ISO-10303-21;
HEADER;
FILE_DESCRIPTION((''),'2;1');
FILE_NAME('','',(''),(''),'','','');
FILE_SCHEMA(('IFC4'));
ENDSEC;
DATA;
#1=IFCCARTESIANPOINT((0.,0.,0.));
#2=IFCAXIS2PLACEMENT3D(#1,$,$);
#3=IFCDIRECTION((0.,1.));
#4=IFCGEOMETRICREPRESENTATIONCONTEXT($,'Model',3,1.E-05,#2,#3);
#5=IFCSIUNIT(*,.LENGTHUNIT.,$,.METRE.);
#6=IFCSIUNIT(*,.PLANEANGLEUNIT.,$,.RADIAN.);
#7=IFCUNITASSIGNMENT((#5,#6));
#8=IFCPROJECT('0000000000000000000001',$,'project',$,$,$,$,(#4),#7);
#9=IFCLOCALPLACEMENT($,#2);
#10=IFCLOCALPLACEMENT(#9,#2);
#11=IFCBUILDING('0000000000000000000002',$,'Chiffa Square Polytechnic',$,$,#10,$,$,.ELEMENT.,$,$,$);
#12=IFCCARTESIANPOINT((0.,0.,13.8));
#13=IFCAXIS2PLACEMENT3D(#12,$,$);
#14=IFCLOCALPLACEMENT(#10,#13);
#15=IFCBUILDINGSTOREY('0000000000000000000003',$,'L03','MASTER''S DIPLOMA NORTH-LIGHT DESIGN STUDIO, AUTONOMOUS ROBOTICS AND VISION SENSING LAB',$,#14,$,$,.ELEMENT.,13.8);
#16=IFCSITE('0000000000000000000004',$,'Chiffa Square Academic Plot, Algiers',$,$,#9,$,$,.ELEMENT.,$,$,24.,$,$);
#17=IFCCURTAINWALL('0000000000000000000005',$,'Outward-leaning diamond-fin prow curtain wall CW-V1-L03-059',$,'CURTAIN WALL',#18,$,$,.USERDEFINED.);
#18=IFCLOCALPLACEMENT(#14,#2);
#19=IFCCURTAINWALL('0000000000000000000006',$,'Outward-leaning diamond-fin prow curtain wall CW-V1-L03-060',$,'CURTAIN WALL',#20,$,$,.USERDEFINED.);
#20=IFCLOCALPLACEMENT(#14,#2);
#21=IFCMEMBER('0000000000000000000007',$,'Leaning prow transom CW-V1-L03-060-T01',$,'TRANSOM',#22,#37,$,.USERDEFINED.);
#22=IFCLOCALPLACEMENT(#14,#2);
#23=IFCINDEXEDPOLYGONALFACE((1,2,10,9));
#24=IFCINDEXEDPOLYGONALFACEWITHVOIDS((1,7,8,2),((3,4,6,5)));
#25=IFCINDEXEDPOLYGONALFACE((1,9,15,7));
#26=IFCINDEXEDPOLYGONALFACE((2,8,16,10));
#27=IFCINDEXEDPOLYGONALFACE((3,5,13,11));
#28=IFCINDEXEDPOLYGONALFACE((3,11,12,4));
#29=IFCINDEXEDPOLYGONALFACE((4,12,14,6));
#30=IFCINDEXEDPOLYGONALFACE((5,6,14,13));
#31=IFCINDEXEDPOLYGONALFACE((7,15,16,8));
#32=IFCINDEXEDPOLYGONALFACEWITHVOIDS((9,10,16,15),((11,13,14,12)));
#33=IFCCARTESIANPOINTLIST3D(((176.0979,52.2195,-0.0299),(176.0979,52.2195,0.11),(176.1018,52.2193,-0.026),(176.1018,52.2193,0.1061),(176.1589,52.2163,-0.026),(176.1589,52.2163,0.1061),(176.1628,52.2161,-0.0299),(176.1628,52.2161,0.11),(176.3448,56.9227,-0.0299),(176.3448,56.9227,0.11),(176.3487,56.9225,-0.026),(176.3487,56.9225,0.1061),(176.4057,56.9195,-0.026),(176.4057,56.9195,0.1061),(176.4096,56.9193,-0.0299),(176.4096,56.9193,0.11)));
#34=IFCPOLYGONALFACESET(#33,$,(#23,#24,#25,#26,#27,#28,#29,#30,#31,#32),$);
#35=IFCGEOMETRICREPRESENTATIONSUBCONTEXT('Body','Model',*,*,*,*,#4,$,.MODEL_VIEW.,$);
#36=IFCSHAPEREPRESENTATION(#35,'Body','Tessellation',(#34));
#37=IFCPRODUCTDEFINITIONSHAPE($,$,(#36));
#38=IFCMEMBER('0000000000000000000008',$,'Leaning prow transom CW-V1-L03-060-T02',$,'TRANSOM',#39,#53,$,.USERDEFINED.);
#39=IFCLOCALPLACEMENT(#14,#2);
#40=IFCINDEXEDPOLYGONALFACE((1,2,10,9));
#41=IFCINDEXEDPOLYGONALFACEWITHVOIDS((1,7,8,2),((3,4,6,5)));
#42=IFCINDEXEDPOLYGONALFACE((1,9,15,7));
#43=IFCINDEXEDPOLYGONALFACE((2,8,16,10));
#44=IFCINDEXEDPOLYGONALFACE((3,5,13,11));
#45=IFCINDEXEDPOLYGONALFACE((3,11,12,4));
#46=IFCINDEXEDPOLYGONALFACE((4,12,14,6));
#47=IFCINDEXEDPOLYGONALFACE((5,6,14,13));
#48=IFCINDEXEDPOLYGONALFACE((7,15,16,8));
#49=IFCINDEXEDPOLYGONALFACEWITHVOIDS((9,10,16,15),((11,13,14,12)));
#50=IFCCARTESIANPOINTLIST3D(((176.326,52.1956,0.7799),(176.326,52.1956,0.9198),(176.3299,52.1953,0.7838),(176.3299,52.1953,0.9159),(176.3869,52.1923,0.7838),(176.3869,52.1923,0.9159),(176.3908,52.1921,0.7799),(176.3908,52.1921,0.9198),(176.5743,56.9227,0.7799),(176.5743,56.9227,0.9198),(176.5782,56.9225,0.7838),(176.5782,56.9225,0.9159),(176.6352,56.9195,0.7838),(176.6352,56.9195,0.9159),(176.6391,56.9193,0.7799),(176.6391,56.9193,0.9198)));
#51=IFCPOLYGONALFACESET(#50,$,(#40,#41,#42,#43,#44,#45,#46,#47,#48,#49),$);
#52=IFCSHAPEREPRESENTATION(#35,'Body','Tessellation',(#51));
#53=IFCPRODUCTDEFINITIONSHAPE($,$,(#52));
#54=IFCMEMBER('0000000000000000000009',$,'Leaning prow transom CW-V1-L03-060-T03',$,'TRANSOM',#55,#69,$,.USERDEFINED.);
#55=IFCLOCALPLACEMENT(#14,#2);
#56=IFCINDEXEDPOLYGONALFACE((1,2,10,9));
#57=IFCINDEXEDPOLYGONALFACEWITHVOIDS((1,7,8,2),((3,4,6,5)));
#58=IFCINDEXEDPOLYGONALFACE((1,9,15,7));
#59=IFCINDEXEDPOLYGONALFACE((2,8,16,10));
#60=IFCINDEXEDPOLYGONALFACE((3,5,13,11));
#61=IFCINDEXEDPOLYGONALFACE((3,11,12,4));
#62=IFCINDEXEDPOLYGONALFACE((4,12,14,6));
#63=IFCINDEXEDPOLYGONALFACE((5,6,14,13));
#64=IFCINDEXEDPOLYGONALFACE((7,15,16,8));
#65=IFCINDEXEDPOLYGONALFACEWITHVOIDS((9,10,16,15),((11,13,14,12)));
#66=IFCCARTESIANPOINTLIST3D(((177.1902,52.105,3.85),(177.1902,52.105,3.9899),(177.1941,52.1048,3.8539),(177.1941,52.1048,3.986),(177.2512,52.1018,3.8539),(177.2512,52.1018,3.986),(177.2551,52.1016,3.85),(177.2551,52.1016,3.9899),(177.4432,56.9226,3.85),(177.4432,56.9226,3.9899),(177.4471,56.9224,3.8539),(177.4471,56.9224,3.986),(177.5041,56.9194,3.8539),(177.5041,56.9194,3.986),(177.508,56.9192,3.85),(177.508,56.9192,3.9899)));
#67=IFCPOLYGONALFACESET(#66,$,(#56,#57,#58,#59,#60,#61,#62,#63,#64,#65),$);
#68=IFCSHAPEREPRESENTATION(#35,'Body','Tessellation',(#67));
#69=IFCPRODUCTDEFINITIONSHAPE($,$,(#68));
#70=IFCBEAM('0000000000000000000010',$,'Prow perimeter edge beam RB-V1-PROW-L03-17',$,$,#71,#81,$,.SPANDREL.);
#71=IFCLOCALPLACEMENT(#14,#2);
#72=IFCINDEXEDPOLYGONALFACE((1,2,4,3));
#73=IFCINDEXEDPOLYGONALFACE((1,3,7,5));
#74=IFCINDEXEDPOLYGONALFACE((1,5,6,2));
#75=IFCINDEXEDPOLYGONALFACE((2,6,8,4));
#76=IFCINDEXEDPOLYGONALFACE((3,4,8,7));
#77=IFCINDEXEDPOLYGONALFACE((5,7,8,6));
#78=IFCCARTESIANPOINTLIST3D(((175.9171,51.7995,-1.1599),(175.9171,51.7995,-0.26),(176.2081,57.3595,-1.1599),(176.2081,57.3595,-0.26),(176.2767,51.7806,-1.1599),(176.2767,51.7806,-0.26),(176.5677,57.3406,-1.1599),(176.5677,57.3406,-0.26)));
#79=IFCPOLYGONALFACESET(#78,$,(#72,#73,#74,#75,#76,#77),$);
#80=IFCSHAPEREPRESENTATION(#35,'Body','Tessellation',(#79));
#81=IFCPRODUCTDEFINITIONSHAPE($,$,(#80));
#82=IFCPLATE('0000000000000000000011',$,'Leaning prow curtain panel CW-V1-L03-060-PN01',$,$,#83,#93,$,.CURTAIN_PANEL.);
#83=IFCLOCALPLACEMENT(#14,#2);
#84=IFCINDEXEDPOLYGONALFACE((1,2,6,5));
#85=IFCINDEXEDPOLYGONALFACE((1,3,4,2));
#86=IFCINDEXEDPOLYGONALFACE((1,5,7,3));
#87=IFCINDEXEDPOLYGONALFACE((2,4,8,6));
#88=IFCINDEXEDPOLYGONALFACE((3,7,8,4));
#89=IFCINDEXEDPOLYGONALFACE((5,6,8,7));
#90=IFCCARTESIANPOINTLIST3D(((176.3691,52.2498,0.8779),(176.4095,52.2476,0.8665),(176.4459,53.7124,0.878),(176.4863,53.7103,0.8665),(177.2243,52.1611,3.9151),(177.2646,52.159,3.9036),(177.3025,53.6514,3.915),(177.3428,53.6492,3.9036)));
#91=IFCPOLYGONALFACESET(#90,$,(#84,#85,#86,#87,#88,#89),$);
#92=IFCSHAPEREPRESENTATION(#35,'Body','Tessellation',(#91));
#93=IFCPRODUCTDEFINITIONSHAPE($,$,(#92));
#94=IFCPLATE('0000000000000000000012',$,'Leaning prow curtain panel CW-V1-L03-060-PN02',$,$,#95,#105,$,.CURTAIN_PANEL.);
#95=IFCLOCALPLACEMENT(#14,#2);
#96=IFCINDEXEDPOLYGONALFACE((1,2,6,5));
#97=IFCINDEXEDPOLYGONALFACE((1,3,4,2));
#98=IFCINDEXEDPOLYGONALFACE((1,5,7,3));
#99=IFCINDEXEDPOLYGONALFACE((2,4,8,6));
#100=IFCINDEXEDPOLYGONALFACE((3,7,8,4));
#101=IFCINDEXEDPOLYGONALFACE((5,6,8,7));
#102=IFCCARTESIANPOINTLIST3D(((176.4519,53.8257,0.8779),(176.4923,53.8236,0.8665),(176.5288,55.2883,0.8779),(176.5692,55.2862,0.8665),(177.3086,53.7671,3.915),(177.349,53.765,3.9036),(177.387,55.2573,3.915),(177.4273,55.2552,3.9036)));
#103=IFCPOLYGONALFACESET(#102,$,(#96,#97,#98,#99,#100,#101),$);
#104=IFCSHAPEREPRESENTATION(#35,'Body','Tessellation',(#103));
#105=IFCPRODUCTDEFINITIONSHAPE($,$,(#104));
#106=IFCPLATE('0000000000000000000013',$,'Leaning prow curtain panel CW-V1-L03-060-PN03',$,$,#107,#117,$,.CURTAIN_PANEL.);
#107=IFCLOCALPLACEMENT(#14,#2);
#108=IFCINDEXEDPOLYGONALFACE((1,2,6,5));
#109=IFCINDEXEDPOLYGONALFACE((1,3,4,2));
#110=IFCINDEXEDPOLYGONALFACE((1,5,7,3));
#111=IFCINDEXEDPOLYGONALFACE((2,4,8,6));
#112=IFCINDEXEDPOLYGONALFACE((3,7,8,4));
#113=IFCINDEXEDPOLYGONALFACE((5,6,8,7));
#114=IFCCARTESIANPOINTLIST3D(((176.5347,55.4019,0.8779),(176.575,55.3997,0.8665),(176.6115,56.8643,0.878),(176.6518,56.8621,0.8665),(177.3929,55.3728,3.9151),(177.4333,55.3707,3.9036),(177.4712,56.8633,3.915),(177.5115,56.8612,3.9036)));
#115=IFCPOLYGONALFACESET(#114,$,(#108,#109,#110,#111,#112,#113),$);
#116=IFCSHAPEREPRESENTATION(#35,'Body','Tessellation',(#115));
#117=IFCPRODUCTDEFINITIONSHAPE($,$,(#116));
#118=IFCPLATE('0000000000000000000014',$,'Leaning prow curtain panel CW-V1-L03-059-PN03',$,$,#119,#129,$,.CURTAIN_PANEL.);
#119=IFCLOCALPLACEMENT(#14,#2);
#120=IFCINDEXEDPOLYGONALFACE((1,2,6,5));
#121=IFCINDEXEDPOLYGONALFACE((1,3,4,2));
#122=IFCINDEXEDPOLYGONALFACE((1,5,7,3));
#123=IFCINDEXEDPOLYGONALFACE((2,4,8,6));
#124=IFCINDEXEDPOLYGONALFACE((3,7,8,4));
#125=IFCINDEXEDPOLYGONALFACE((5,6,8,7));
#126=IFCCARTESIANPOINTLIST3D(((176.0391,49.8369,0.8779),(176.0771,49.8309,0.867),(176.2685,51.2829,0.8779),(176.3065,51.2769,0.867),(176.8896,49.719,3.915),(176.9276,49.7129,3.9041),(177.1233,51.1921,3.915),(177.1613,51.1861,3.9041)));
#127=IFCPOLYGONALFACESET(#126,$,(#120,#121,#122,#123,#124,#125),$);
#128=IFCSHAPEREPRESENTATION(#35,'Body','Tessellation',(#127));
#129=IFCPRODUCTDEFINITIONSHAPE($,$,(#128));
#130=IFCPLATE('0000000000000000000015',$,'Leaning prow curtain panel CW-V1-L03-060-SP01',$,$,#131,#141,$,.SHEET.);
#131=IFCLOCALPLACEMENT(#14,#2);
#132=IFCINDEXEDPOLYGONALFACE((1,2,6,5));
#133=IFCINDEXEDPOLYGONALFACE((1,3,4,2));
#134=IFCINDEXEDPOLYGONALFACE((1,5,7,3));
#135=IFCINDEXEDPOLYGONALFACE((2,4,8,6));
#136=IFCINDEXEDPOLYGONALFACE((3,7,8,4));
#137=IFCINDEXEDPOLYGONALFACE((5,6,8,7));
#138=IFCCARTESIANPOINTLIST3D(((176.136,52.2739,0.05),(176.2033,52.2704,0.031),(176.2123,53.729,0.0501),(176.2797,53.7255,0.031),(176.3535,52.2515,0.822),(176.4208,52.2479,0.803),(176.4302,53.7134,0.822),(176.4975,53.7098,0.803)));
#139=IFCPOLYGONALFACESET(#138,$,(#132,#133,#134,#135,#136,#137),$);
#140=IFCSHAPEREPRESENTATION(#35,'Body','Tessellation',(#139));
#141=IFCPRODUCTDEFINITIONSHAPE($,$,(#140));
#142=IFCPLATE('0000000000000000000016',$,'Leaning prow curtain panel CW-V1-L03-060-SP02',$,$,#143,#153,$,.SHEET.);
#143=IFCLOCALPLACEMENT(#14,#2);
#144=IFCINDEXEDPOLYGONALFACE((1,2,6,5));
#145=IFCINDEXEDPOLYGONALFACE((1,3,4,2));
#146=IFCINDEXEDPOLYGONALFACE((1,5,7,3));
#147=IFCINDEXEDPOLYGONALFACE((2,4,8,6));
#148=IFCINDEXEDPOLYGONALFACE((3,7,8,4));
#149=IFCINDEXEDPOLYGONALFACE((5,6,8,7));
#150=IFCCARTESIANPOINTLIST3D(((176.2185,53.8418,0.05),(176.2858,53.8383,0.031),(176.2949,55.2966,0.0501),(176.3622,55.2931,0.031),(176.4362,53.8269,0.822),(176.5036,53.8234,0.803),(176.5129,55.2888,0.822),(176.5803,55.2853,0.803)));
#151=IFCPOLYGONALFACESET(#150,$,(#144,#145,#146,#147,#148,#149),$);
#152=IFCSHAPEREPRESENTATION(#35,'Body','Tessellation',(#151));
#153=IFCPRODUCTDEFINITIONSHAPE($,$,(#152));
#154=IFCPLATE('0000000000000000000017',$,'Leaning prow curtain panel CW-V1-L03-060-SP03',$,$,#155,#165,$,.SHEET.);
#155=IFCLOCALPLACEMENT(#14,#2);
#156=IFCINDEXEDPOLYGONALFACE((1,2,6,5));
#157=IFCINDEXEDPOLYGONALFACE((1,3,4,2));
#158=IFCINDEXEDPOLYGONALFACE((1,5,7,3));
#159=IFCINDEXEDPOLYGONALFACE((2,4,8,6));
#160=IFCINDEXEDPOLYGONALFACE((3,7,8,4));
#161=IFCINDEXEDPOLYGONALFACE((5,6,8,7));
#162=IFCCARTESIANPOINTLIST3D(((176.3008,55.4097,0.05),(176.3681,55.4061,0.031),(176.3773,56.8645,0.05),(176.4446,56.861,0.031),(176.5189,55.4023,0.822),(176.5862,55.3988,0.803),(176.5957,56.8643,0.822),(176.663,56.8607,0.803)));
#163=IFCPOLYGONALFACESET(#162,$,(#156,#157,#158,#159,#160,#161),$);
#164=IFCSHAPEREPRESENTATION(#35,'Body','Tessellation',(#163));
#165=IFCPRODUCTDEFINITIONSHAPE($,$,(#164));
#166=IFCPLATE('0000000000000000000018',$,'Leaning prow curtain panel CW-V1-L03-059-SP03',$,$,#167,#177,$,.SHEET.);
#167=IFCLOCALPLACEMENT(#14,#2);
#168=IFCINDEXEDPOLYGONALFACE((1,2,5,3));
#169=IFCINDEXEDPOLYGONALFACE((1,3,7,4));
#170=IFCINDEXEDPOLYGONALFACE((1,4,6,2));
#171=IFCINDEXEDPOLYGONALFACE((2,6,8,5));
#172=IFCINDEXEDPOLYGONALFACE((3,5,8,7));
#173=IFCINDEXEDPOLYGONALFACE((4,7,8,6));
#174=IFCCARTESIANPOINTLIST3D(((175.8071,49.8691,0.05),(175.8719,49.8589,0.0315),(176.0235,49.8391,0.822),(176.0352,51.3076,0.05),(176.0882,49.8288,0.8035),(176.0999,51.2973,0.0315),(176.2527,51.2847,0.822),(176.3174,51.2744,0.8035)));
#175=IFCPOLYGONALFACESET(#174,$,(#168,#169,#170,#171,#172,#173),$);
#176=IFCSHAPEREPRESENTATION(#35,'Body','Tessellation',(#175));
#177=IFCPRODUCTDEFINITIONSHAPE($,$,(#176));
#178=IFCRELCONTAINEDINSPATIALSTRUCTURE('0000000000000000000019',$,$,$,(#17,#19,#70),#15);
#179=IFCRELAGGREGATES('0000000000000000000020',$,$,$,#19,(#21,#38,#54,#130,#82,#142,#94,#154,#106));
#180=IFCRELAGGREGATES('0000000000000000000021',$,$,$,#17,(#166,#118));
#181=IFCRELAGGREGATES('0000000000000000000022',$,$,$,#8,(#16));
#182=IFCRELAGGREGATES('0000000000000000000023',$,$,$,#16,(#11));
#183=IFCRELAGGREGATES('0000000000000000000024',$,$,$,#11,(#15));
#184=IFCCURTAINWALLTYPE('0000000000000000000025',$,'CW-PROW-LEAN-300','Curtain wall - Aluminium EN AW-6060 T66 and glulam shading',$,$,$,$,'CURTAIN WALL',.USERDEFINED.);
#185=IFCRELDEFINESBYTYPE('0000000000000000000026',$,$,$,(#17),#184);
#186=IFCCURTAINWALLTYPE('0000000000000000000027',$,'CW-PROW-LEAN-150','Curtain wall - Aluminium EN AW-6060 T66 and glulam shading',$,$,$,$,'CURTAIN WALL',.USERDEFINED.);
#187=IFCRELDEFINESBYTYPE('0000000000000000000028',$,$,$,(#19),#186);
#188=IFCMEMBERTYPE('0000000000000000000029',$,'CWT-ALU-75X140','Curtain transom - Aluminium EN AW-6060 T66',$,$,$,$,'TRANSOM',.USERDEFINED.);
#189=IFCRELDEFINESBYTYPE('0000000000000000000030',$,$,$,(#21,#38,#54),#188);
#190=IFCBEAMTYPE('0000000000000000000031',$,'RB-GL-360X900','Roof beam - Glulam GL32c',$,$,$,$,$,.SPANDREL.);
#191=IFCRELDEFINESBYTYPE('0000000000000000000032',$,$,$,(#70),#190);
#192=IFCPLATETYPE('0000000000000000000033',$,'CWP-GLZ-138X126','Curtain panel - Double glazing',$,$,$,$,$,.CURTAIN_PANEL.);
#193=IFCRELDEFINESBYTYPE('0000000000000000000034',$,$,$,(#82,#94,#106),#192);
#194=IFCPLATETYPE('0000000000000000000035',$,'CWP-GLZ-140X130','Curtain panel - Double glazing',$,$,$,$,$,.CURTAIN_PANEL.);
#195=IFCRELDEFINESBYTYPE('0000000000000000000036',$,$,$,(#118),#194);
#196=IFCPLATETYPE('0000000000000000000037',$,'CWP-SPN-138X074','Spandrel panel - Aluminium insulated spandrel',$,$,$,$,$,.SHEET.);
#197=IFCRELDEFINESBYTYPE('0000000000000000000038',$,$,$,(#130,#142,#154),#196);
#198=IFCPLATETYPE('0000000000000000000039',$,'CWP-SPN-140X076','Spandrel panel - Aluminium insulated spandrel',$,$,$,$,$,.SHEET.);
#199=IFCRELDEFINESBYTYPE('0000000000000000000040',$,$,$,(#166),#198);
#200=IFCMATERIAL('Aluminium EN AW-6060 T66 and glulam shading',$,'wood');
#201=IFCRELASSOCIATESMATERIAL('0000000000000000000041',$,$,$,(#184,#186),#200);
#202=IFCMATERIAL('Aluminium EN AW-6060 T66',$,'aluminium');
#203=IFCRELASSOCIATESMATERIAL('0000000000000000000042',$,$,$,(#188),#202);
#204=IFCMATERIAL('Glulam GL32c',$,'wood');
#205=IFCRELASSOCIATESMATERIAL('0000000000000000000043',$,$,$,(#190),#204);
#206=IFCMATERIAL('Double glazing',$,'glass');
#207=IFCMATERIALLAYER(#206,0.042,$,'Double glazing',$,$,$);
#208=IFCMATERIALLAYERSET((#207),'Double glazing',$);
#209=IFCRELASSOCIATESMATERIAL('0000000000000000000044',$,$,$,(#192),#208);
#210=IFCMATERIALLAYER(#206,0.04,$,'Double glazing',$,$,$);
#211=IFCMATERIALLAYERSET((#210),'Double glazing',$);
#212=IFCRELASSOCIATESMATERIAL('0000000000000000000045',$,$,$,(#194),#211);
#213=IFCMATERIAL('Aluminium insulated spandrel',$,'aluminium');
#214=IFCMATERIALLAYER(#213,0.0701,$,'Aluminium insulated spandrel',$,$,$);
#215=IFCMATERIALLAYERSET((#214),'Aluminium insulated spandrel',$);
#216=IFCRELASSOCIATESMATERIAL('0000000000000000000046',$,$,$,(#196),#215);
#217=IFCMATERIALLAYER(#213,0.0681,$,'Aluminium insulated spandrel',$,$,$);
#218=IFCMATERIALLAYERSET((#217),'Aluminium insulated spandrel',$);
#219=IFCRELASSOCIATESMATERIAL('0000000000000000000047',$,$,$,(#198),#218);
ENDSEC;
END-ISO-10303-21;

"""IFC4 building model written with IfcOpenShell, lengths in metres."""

from ifc_helpers import new_model, si_unit, direction, frame, origin, origin_2d, place, context, subcontext, project, spatial, polyline, rectangle, hollow_rectangle, outline, extrude, material, layer, layer_set, material_profile, profile_set, type_object, element, aggregate, save


model = new_model("IFC4")

# Units and contexts
model_context = context("Model", 3, precision=1e-05, world=origin(), true_north=direction((0.0, 1.0)))
body_context = subcontext(model_context, "Body", "Model", "MODEL_VIEW")
ifc_project = project(units=[si_unit("LENGTHUNIT", "METRE"), si_unit("PLANEANGLEUNIT", "RADIAN")], contexts=[model_context])

# Site, building, storey
site_placement = place(None, origin())
site = spatial("IfcSite", under=ifc_project, at=site_placement, Name="Chiffa Square Academic Plot, Algiers", CompositionType="ELEMENT", RefElevation=24.0)
building_placement = place(site_placement, origin())
building = spatial("IfcBuilding", under=site, at=building_placement, Name="Chiffa Square Polytechnic", CompositionType="ELEMENT")
storey_placement = place(building_placement, frame((0.0, 0.0, 13.8)))
storey = spatial("IfcBuildingStorey", under=building, at=storey_placement, Name="L03", Description="MASTER'S DIPLOMA NORTH-LIGHT DESIGN STUDIO, AUTONOMOUS ROBOTICS AND VISION SENSING LAB", CompositionType="ELEMENT", Elevation=13.8)

# Shared definitions
ifc_material_1 = material(Name="Glulam GL32c", Category="wood")

# Curtain walls
ifc_material_2 = material(Name="Aluminium EN AW-6060 T66 and glulam shading", Category="wood")
curtain_wall_type_1 = type_object("IfcCurtainWallType", Name="CW-PROW-LEAN-300", Description="Curtain wall - Aluminium EN AW-6060 T66 and glulam shading", ElementType="CURTAIN WALL", PredefinedType="USERDEFINED", material=ifc_material_2)
curtain_wall_1_placement = place(storey_placement, origin())
curtain_wall_1 = element("IfcCurtainWall", 1, at=curtain_wall_1_placement, inside=storey, type_object=curtain_wall_type_1, Name="Outward-leaning diamond-fin prow curtain wall CW-V1-L03-059", ObjectType="CURTAIN WALL", PredefinedType="USERDEFINED")
ifc_material_3 = material(Name="Aluminium EN AW-6060 T66", Category="aluminium")
curtain_wall_type_2 = type_object("IfcCurtainWallType", Name="CW-PROW-LEAN-150", Description="Curtain wall - Aluminium EN AW-6060 T66 and glulam shading", ElementType="CURTAIN WALL", PredefinedType="USERDEFINED", material=ifc_material_2)
curtain_wall_2_placement = place(storey_placement, origin())
curtain_wall_2 = element("IfcCurtainWall", 2, at=curtain_wall_2_placement, inside=storey, type_object=curtain_wall_type_2, Name="Outward-leaning diamond-fin prow curtain wall CW-V1-L03-060", ObjectType="CURTAIN WALL", PredefinedType="USERDEFINED")

# Members
ifc_material_profile_1 = material_profile(ifc_material_3, hollow_rectangle(XDim=0.0649, YDim=0.1399, WallThickness=0.0039, at=origin_2d()), Name="ALU 65x140x4")
ifc_profile_set_1 = profile_set([ifc_material_profile_1], Name="Aluminium EN AW-6060 T66")
member_type_1 = type_object("IfcMemberType", Name="CWT-ALU-75X140", Description="Curtain transom - Aluminium EN AW-6060 T66", ElementType="TRANSOM", PredefinedType="USERDEFINED", material=ifc_profile_set_1)
member_1_placement = place(storey_placement, frame((176.1304, 52.2178, 0.04), z_axis=(0.052409, 0.998626, 0.0), x_axis=(-0.998626, 0.052409, 0.0)))
member_1 = element("IfcMember", 3, at=member_1_placement, type_object=member_type_1, Name="Leaning prow transom CW-V1-L03-060-T01", ObjectType="TRANSOM", PredefinedType="USERDEFINED", context=body_context, shape_type="SweptSolid", body=[
    extrude(hollow_rectangle(XDim=0.0649, YDim=0.1399, WallThickness=0.0039, at=origin_2d()), origin(), (0.0, 0.0, 1.0), 4.7097),
])
member_2_placement = place(storey_placement, frame((176.3584, 52.1938, 0.8499), z_axis=(0.052453, 0.998623, 0.0), x_axis=(-0.998623, 0.052453, 0.0)))
member_2 = element("IfcMember", 4, at=member_2_placement, type_object=member_type_1, Name="Leaning prow transom CW-V1-L03-060-T02", ObjectType="TRANSOM", PredefinedType="USERDEFINED", context=body_context, shape_type="SweptSolid", body=[
    extrude(hollow_rectangle(XDim=0.0649, YDim=0.1399, WallThickness=0.0039, at=origin_2d()), origin(), (0.0, 0.0, 1.0), 4.7336),
])
member_3_placement = place(storey_placement, frame((177.2227, 52.1033, 3.9199), z_axis=(0.052429, 0.998625, 0.0), x_axis=(-0.998625, 0.052429, 0.0)))
member_3 = element("IfcMember", 5, at=member_3_placement, type_object=member_type_1, Name="Leaning prow transom CW-V1-L03-060-T03", ObjectType="TRANSOM", PredefinedType="USERDEFINED", context=body_context, shape_type="SweptSolid", body=[
    extrude(hollow_rectangle(XDim=0.0649, YDim=0.1399, WallThickness=0.0039, at=origin_2d()), origin(), (0.0, 0.0, 1.0), 4.8242),
])

# Beam
ifc_material_profile_2 = material_profile(ifc_material_1, rectangle(XDim=0.3601, YDim=0.8999, at=origin_2d()), Name="GL32c 360x900")
ifc_profile_set_2 = profile_set([ifc_material_profile_2], Name="Glulam GL32c")
beam_type_1 = type_object("IfcBeamType", Name="RB-GL-360X900", Description="Roof beam - Glulam GL32c", PredefinedType="SPANDREL", material=ifc_profile_set_2)
beam_1_placement = place(storey_placement, frame((176.0969, 51.79, -0.71), z_axis=(0.052269, 0.998633, 0.0), x_axis=(-0.998633, 0.052269, 0.0)))
element("IfcBeam", 6, at=beam_1_placement, inside=storey, type_object=beam_type_1, Name="Prow perimeter edge beam RB-V1-PROW-L03-17", PredefinedType="SPANDREL", context=body_context, shape_type="SweptSolid", body=[
    extrude(rectangle(XDim=0.3601, YDim=0.8999, at=origin_2d()), origin(), (0.0, 0.0, 1.0), 5.5676),
])

# Plates
ifc_material_4 = material(Name="Double glazing", Category="glass")
ifc_layer_1 = layer(ifc_material_4, 0.042, Name="Double glazing")
ifc_layer_set_1 = layer_set([ifc_layer_1], Name="Double glazing")
plate_type_1 = type_object("IfcPlateType", Name="CWP-GLZ-138X126", Description="Curtain panel - Double glazing", PredefinedType="CURTAIN_PANEL", material=ifc_layer_set_1)
plate_1_placement = place(storey_placement, frame((176.3691, 52.2498, 0.8779), z_axis=(-0.960964, 0.050452, 0.272036), x_axis=(0.052435, 0.998624, 0.00002)))
plate_1 = element("IfcPlate", 7, at=plate_1_placement, type_object=plate_type_1, Name="Leaning prow curtain panel CW-V1-L03-060-PN01", PredefinedType="CURTAIN_PANEL", context=body_context, shape_type="SweptSolid", body=[
    extrude(outline(polyline([(0.0, 0.0), (1.4647, 0.0), (1.4487, -3.1561), (-0.0436, -3.1562), (0.0, 0.0)])), origin(), (0.0, 0.0, -1.0), 0.042),
])
plate_2_placement = place(storey_placement, frame((176.4519, 53.8257, 0.8779), z_axis=(-0.960959, 0.050531, 0.272039), x_axis=(0.052511, 0.99862, -0.000001)))
plate_2 = element("IfcPlate", 8, at=plate_2_placement, type_object=plate_type_1, Name="Leaning prow curtain panel CW-V1-L03-060-PN02", PredefinedType="CURTAIN_PANEL", context=body_context, shape_type="SweptSolid", body=[
    extrude(outline(polyline([(0.0, 0.0), (1.4647, 0.0), (1.4788, -3.1561), (-0.0135, -3.1561), (0.0, 0.0)])), origin(), (0.0, 0.0, -1.0), 0.042),
])
plate_3_placement = place(storey_placement, frame((176.5347, 55.4019, 0.8779), z_axis=(-0.960961, 0.050451, 0.272045), x_axis=(0.052435, 0.998624, 0.000023)))
plate_3 = element("IfcPlate", 9, at=plate_3_placement, type_object=plate_type_1, Name="Leaning prow curtain panel CW-V1-L03-060-PN03", PredefinedType="CURTAIN_PANEL", context=body_context, shape_type="SweptSolid", body=[
    extrude(outline(polyline([(0.0, 0.0), (1.4644, 0.0), (1.5086, -3.1561), (0.0161, -3.1562), (0.0, 0.0)])), origin(), (0.0, 0.0, -1.0), 0.042),
])
ifc_layer_2 = layer(ifc_material_4, 0.04, Name="Double glazing")
ifc_layer_set_2 = layer_set([ifc_layer_2], Name="Double glazing")
plate_type_2 = type_object("IfcPlateType", Name="CWP-GLZ-140X130", Description="Curtain panel - Double glazing", PredefinedType="CURTAIN_PANEL", material=ifc_layer_set_2)
plate_4_placement = place(storey_placement, frame((176.0391, 49.8369, 0.8779), z_axis=(-0.950409, 0.150784, 0.272007), x_axis=(0.156684, 0.987649, -0.00003)))
plate_4 = element("IfcPlate", 10, at=plate_4_placement, type_object=plate_type_2, Name="Leaning prow curtain panel CW-V1-L03-059-PN03", PredefinedType="CURTAIN_PANEL", context=body_context, shape_type="SweptSolid", body=[
    extrude(outline(polyline([(0.0, 0.0), (1.4641, 0.0), (1.5083, -3.1562), (0.0167, -3.1561), (0.0, 0.0)])), origin(), (0.0, 0.0, -1.0), 0.04),
])
ifc_material_5 = material(Name="Aluminium insulated spandrel", Category="aluminium")
ifc_layer_3 = layer(ifc_material_5, 0.0701, Name="Aluminium insulated spandrel")
ifc_layer_set_3 = layer_set([ifc_layer_3], Name="Aluminium insulated spandrel")
plate_type_3 = type_object("IfcPlateType", Name="CWP-SPN-138X074", Description="Spandrel panel - Aluminium insulated spandrel", PredefinedType="SHEET", material=ifc_layer_set_3)
plate_5_placement = place(storey_placement, frame((176.136, 52.2739, 0.05), z_axis=(-0.960927, 0.050427, 0.272169), x_axis=(0.052408, 0.998626, 0.00001)))
plate_5 = element("IfcPlate", 11, at=plate_5_placement, type_object=plate_type_3, Name="Leaning prow curtain panel CW-V1-L03-060-SP01", PredefinedType="SHEET", context=body_context, shape_type="SweptSolid", body=[
    extrude(outline(polyline([(0.0, 0.0), (1.4571, 0.0), (1.4529, -0.8022), (-0.011, -0.8023), (0.0, 0.0)])), origin(), (0.0, 0.0, -1.0), 0.0701),
])
plate_6_placement = place(storey_placement, frame((176.2185, 53.8418, 0.05), z_axis=(-0.960979, 0.050434, 0.271986), x_axis=(0.052413, 0.998625, 0.000011)))
plate_6 = element("IfcPlate", 12, at=plate_6_placement, type_object=plate_type_3, Name="Leaning prow curtain panel CW-V1-L03-060-SP02", PredefinedType="SHEET", context=body_context, shape_type="SweptSolid", body=[
    extrude(outline(polyline([(0.0, 0.0), (1.4568, 0.0), (1.4605, -0.8022), (-0.0034, -0.8022), (0.0, 0.0)])), origin(), (0.0, 0.0, -1.0), 0.0701),
])
plate_7_placement = place(storey_placement, frame((176.3008, 55.4097, 0.05), z_axis=(-0.960985, 0.050515, 0.271949), x_axis=(0.05249, 0.998621, -0.00001)))
plate_7 = element("IfcPlate", 13, at=plate_7_placement, type_object=plate_type_3, Name="Leaning prow curtain panel CW-V1-L03-060-SP03", PredefinedType="SHEET", context=body_context, shape_type="SweptSolid", body=[
    extrude(outline(polyline([(0.0, 0.0), (1.4568, 0.0), (1.4681, -0.8022), (0.0041, -0.8022), (0.0, 0.0)])), origin(), (0.0, 0.0, -1.0), 0.0701),
])
aggregate(curtain_wall_2, [member_1, member_2, member_3, plate_5, plate_1, plate_6, plate_2, plate_7, plate_3])
ifc_layer_4 = layer(ifc_material_5, 0.0681, Name="Aluminium insulated spandrel")
ifc_layer_set_4 = layer_set([ifc_layer_4], Name="Aluminium insulated spandrel")
plate_type_4 = type_object("IfcPlateType", Name="CWP-SPN-140X076", Description="Spandrel panel - Aluminium insulated spandrel", PredefinedType="SHEET", material=ifc_layer_set_4)
plate_8_placement = place(storey_placement, frame((175.8071, 49.8691, 0.05), z_axis=(-0.950364, 0.150684, 0.272216), x_axis=(0.156596, 0.987663, -0.000009)))
plate_8 = element("IfcPlate", 14, at=plate_8_placement, type_object=plate_type_4, Name="Leaning prow curtain panel CW-V1-L03-059-SP03", PredefinedType="SHEET", context=body_context, shape_type="SweptSolid", body=[
    extrude(outline(polyline([(0.0, 0.0), (1.4564, 0.0), (1.4678, -0.8023), (0.0042, -0.8023), (0.0, 0.0)])), origin(), (0.0, 0.0, -1.0), 0.0681),
])
aggregate(curtain_wall_1, [plate_8, plate_4])

save(model, "model.ifc")
